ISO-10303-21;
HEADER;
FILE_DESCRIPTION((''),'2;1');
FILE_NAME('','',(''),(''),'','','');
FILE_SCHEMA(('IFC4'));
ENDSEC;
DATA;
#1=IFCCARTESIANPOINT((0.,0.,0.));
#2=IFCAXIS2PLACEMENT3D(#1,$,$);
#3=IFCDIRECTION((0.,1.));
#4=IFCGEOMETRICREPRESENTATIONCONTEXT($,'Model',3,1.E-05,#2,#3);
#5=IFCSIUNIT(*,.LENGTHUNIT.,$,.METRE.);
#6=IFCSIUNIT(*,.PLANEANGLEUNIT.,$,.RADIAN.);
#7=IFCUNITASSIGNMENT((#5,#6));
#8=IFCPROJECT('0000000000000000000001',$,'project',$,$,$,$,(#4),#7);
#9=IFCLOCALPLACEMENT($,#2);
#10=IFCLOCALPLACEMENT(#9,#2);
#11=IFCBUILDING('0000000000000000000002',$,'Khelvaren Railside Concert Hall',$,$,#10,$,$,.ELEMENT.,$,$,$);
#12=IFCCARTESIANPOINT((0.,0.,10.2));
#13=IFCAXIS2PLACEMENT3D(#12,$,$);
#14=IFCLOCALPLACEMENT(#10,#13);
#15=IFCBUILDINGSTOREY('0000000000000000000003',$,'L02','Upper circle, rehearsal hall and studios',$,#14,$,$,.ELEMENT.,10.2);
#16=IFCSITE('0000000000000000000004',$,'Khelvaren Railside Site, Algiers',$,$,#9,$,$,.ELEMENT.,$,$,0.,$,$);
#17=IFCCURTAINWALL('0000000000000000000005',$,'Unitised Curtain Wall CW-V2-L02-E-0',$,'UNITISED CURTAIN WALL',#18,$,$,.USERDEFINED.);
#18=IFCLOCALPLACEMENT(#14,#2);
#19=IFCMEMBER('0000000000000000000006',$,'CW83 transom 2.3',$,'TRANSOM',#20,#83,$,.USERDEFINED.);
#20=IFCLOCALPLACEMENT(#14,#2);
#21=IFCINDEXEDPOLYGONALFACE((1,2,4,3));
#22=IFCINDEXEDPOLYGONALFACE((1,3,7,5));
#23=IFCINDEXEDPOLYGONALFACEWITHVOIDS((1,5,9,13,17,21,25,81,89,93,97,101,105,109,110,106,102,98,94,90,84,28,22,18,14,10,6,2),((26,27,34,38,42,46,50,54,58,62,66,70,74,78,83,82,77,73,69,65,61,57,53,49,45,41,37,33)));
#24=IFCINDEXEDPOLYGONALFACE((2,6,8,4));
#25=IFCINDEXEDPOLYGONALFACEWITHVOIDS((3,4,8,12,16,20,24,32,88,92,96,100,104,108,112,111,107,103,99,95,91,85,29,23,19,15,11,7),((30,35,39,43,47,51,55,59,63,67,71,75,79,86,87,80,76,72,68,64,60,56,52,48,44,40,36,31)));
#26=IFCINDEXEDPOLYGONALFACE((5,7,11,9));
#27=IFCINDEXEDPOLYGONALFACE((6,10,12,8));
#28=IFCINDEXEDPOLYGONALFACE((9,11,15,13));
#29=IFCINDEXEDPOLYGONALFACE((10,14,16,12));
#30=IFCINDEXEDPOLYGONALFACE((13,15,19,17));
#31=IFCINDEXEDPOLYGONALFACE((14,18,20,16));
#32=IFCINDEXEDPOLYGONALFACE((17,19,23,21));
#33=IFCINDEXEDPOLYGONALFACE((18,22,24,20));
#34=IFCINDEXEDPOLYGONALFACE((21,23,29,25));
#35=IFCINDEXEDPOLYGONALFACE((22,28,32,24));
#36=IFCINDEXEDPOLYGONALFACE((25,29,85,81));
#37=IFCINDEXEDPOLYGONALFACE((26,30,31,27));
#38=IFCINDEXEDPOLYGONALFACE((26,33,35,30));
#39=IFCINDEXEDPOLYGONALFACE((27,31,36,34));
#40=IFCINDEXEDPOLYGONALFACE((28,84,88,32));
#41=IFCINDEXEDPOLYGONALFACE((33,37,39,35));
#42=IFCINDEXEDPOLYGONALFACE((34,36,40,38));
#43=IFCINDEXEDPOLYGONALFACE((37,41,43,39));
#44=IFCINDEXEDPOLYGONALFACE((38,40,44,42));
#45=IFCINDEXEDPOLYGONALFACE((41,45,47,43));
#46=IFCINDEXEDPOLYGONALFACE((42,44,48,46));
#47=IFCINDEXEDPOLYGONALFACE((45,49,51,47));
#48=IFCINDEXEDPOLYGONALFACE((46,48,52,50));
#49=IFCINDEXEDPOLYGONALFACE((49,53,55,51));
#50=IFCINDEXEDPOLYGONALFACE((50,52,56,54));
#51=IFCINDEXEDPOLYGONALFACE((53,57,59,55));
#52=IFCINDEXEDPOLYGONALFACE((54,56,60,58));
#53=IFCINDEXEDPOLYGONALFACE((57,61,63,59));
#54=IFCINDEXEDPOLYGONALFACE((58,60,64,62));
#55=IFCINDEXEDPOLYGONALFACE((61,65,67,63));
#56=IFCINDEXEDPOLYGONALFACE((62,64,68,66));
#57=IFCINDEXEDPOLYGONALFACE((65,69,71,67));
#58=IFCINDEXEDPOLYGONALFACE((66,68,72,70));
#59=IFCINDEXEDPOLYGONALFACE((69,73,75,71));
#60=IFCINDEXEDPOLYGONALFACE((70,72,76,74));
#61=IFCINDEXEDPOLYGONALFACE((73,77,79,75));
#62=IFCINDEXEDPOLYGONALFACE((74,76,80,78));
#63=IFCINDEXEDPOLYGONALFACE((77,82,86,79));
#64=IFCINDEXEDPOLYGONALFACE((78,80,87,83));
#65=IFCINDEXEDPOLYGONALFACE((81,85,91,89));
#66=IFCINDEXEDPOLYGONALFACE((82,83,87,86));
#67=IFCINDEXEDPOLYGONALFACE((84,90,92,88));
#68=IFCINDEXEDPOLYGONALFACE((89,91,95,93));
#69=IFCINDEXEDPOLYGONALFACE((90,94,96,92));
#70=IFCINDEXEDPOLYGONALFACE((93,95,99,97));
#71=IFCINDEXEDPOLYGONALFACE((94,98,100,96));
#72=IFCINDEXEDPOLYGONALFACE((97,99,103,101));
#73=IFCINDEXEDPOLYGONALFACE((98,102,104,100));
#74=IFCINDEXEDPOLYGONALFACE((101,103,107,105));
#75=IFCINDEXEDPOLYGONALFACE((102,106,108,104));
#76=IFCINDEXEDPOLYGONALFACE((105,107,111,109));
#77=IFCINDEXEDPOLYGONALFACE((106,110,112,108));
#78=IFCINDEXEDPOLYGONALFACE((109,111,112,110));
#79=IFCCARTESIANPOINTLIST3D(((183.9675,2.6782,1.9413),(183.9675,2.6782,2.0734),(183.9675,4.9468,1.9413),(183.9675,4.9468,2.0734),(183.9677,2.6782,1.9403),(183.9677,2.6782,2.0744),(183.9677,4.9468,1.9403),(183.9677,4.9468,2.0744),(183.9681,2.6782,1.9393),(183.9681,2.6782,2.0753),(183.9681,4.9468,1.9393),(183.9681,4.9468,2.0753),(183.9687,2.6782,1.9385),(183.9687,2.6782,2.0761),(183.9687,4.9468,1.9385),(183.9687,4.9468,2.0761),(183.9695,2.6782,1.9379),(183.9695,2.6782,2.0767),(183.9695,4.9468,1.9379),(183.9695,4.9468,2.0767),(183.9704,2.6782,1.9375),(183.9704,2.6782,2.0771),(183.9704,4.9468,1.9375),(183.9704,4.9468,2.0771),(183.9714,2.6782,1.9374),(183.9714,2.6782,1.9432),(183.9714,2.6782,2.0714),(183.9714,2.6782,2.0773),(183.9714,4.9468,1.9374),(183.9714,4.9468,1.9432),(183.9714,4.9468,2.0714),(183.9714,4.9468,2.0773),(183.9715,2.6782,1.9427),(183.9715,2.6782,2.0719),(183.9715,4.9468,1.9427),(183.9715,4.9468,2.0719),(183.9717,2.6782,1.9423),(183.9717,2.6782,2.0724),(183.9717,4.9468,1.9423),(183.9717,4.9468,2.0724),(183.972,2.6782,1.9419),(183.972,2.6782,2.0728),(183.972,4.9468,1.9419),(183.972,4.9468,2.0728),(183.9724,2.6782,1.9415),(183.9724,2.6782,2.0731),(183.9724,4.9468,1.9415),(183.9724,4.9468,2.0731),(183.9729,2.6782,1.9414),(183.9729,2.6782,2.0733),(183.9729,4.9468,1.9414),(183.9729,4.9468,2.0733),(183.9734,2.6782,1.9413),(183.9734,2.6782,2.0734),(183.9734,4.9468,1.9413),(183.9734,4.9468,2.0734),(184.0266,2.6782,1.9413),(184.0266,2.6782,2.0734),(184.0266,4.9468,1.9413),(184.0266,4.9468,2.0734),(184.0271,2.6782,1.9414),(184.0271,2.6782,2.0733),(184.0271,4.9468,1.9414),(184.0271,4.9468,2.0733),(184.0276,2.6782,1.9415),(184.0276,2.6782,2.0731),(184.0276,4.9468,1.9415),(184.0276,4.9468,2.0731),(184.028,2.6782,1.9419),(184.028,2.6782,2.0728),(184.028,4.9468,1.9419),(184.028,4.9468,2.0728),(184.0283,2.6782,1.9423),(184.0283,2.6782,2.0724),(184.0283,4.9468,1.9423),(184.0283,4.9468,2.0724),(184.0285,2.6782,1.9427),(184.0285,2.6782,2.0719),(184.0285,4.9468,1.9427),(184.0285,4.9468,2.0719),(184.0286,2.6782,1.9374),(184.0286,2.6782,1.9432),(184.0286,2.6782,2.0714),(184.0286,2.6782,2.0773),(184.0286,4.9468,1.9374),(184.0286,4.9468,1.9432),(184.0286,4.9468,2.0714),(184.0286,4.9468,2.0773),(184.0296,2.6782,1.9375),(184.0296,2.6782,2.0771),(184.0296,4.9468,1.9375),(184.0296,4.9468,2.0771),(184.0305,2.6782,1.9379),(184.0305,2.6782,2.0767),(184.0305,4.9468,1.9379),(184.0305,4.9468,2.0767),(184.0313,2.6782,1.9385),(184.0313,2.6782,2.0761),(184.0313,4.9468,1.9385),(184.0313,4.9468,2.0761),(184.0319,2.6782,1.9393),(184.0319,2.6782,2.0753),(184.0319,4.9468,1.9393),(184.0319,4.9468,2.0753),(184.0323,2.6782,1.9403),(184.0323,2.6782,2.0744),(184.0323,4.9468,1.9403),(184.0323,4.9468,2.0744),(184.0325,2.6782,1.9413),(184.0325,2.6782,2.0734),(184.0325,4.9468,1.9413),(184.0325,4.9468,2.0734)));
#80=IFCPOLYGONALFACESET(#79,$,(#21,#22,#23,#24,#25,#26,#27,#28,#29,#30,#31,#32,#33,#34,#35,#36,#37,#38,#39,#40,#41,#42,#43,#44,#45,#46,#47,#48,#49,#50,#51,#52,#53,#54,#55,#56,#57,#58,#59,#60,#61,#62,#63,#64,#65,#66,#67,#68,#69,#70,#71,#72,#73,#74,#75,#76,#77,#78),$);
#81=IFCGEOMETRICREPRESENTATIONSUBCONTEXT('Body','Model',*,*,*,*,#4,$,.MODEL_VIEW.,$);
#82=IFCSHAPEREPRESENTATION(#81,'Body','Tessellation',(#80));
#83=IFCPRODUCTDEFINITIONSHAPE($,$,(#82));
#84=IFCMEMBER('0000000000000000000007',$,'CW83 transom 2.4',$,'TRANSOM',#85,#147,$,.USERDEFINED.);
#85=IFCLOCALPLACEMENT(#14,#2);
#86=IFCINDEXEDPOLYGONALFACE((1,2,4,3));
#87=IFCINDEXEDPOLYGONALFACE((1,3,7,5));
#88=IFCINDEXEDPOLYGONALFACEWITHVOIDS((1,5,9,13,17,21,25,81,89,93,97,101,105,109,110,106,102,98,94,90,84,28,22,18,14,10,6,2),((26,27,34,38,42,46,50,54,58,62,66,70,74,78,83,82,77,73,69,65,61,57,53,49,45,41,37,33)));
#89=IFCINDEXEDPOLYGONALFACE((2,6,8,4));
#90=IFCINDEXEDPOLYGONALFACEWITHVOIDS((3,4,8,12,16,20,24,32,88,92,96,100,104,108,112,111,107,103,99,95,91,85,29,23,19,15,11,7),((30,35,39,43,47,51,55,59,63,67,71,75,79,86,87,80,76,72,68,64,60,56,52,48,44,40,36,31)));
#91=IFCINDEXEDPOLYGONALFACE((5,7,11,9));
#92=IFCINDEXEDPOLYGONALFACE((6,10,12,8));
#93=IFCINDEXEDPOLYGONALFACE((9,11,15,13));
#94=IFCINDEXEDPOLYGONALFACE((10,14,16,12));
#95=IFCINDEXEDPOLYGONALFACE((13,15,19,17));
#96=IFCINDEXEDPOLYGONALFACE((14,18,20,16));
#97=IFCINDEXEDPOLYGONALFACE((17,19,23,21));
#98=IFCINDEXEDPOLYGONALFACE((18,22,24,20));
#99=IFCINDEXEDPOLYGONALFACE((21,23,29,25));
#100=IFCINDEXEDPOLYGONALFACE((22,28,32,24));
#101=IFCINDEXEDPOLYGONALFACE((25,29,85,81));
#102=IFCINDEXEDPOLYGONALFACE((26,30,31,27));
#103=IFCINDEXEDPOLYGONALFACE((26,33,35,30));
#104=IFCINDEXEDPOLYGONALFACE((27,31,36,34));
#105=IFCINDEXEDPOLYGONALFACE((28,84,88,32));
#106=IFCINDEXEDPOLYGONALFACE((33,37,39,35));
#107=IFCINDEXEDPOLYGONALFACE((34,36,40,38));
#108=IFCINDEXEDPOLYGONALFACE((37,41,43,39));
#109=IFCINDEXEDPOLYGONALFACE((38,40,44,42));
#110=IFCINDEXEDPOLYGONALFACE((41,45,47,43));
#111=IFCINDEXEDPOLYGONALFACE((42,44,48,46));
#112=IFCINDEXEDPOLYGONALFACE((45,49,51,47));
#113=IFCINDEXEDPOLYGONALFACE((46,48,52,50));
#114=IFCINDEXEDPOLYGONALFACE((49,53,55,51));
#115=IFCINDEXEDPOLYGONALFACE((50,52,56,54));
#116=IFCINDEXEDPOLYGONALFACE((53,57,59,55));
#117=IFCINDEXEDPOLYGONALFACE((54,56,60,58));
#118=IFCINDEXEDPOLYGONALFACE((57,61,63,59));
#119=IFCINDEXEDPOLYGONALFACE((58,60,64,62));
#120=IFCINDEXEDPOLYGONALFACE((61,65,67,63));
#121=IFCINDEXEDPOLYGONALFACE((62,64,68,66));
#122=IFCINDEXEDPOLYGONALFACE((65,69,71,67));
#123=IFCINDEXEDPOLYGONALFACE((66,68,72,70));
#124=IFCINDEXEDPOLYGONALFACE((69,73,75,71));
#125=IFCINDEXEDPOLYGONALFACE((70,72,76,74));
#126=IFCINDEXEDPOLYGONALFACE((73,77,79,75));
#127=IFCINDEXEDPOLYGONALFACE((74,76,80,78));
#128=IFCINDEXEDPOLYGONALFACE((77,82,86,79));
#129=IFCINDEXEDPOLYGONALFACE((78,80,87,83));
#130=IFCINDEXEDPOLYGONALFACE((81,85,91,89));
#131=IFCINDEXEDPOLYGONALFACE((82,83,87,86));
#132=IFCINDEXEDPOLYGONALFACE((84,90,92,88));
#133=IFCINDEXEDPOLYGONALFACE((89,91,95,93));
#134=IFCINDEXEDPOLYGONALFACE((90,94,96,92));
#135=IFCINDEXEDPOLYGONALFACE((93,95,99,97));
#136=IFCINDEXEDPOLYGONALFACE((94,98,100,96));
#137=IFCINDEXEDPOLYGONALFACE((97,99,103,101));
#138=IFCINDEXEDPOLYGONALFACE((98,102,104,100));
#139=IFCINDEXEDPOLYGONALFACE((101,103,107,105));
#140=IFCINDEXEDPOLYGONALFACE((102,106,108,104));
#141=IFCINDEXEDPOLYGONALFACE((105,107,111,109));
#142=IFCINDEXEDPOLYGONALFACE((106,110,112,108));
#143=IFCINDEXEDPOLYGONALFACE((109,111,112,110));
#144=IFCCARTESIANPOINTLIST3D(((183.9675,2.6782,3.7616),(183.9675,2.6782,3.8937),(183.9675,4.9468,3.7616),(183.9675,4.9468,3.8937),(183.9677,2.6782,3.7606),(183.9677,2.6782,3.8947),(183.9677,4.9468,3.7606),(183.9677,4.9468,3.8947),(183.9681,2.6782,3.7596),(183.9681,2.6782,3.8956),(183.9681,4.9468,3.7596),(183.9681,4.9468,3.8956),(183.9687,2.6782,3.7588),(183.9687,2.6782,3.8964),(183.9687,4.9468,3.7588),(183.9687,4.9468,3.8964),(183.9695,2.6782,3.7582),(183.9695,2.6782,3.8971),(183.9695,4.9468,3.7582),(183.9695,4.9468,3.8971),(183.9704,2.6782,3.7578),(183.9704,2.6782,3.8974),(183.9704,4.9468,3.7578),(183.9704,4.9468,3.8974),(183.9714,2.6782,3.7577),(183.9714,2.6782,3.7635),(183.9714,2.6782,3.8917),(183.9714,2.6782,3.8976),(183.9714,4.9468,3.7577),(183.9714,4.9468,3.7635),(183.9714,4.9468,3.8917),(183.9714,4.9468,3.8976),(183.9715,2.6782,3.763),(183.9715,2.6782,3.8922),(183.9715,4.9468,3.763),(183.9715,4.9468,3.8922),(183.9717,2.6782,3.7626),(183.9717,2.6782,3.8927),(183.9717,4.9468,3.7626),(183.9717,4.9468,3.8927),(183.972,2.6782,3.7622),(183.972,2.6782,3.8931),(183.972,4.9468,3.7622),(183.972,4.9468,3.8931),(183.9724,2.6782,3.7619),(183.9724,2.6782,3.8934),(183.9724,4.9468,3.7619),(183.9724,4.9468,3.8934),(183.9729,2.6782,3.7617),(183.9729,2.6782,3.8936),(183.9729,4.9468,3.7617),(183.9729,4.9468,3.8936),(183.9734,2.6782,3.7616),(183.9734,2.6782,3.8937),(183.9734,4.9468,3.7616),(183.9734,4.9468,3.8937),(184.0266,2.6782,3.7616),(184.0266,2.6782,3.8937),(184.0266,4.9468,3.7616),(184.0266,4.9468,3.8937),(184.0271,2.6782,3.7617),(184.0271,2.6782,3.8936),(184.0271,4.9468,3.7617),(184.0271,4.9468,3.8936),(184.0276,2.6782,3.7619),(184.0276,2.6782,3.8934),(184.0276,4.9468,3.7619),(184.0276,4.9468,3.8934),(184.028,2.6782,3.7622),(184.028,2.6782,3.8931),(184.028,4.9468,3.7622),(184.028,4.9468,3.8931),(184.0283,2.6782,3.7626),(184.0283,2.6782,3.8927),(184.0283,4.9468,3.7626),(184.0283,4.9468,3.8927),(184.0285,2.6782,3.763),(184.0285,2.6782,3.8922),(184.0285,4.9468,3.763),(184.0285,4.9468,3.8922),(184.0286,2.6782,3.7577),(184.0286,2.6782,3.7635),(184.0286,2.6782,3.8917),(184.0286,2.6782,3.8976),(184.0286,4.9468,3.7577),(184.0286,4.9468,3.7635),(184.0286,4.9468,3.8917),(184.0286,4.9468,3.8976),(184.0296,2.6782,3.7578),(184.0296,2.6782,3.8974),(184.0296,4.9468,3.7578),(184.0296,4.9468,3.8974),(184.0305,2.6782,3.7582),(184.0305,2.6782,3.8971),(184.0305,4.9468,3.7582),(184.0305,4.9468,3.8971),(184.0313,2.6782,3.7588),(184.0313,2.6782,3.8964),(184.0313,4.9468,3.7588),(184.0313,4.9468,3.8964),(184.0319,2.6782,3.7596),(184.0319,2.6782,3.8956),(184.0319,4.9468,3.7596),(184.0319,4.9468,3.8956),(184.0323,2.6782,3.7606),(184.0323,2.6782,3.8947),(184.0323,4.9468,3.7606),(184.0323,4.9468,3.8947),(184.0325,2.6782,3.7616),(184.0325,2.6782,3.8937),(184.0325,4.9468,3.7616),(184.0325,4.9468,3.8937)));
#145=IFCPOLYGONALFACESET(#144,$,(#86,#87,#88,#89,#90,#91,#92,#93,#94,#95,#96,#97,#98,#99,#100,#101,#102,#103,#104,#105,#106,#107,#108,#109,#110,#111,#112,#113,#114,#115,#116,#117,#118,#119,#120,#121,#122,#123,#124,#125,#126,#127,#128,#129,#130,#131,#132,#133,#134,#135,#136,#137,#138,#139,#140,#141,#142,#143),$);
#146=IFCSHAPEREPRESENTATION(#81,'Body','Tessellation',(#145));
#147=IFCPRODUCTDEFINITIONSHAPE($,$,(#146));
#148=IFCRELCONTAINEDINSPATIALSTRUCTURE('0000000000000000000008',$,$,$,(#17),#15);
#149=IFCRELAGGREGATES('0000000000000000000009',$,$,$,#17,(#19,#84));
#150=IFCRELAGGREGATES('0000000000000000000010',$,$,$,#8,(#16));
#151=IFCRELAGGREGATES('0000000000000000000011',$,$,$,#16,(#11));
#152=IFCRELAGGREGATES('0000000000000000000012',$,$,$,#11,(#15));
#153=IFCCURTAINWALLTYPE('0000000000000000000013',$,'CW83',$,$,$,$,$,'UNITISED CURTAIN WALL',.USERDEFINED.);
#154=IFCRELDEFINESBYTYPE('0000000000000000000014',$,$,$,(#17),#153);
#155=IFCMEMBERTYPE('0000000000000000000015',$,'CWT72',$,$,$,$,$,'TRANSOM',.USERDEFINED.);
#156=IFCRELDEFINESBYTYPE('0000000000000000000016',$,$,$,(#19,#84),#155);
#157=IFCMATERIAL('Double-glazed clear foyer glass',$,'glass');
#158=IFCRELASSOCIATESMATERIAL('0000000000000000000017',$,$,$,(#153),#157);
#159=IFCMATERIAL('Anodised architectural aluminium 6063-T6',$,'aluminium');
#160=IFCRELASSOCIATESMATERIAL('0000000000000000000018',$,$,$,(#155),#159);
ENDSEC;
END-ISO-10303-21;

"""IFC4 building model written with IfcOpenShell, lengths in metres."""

from ifc_helpers import new_model, si_unit, direction, frame, origin, origin_2d, place, context, subcontext, project, spatial, hollow_rectangle, extrude, material, material_profile, profile_set, type_object, element, aggregate, save


model = new_model("IFC4")

# Units and contexts
model_context = context("Model", 3, precision=1e-05, world=origin(), true_north=direction((0.0, 1.0)))
body_context = subcontext(model_context, "Body", "Model", "MODEL_VIEW")
ifc_project = project(units=[si_unit("LENGTHUNIT", "METRE"), si_unit("PLANEANGLEUNIT", "RADIAN")], contexts=[model_context])

# Site, building, storey
site_placement = place(None, origin())
site = spatial("IfcSite", under=ifc_project, at=site_placement, Name="Khelvaren Railside Site, Algiers", CompositionType="ELEMENT", RefElevation=0.0)
building_placement = place(site_placement, origin())
building = spatial("IfcBuilding", under=site, at=building_placement, Name="Khelvaren Railside Concert Hall", CompositionType="ELEMENT")
storey_placement = place(building_placement, frame((0.0, 0.0, 10.2)))
storey = spatial("IfcBuildingStorey", under=building, at=storey_placement, Name="L02", Description="Upper circle, rehearsal hall and studios", CompositionType="ELEMENT", Elevation=10.2)

# Shared definitions
ifc_material_1 = material(Name="Double-glazed clear foyer glass", Category="glass")
curtain_wall_type = type_object("IfcCurtainWallType", Name="CW83", ElementType="UNITISED CURTAIN WALL", PredefinedType="USERDEFINED", material=ifc_material_1)
ifc_material_2 = material(Name="Anodised architectural aluminium 6063-T6", Category="aluminium")

# Curtain wall
curtain_wall_1_placement = place(storey_placement, origin())
curtain_wall_1 = element("IfcCurtainWall", 1, at=curtain_wall_1_placement, inside=storey, type_object=curtain_wall_type, Name="Unitised Curtain Wall CW-V2-L02-E-0", ObjectType="UNITISED CURTAIN WALL", PredefinedType="USERDEFINED")

# Members
ifc_material_profile_1 = material_profile(ifc_material_2, hollow_rectangle(XDim=0.0649, YDim=0.1399, WallThickness=0.0039, InnerFilletRadius=0.002, OuterFilletRadius=0.0039, at=origin_2d()), Name="CWT 65x140x4")
ifc_profile_set_1 = profile_set([ifc_material_profile_1], Name="Anodised architectural aluminium 6063-T6")
member_type_1 = type_object("IfcMemberType", Name="CWT72", ElementType="TRANSOM", PredefinedType="USERDEFINED", material=ifc_profile_set_1)
member_1_placement = place(storey_placement, frame((184.0, 4.9468, 2.0073), z_axis=(0.0, -1.0, 0.0), x_axis=(1.0, 0.0, 0.0)))
member_1 = element("IfcMember", 2, at=member_1_placement, type_object=member_type_1, Name="CW83 transom 2.3", ObjectType="TRANSOM", PredefinedType="USERDEFINED", context=body_context, shape_type="SweptSolid", body=[
    extrude(hollow_rectangle(XDim=0.0649, YDim=0.1399, WallThickness=0.0039, InnerFilletRadius=0.002, OuterFilletRadius=0.0039, at=origin_2d()), origin(), (0.0, 0.0, 1.0), 2.2686),
])
member_2_placement = place(storey_placement, frame((184.0, 4.9468, 3.8276), z_axis=(0.0, -1.0, 0.0), x_axis=(1.0, 0.0, 0.0)))
member_2 = element("IfcMember", 3, at=member_2_placement, type_object=member_type_1, Name="CW83 transom 2.4", ObjectType="TRANSOM", PredefinedType="USERDEFINED", context=body_context, shape_type="SweptSolid", body=[
    extrude(hollow_rectangle(XDim=0.0649, YDim=0.1399, WallThickness=0.0039, InnerFilletRadius=0.002, OuterFilletRadius=0.0039, at=origin_2d()), origin(), (0.0, 0.0, 1.0), 2.2686),
])

aggregate(curtain_wall_1, [member_1, member_2])

save(model, "model.ifc")
